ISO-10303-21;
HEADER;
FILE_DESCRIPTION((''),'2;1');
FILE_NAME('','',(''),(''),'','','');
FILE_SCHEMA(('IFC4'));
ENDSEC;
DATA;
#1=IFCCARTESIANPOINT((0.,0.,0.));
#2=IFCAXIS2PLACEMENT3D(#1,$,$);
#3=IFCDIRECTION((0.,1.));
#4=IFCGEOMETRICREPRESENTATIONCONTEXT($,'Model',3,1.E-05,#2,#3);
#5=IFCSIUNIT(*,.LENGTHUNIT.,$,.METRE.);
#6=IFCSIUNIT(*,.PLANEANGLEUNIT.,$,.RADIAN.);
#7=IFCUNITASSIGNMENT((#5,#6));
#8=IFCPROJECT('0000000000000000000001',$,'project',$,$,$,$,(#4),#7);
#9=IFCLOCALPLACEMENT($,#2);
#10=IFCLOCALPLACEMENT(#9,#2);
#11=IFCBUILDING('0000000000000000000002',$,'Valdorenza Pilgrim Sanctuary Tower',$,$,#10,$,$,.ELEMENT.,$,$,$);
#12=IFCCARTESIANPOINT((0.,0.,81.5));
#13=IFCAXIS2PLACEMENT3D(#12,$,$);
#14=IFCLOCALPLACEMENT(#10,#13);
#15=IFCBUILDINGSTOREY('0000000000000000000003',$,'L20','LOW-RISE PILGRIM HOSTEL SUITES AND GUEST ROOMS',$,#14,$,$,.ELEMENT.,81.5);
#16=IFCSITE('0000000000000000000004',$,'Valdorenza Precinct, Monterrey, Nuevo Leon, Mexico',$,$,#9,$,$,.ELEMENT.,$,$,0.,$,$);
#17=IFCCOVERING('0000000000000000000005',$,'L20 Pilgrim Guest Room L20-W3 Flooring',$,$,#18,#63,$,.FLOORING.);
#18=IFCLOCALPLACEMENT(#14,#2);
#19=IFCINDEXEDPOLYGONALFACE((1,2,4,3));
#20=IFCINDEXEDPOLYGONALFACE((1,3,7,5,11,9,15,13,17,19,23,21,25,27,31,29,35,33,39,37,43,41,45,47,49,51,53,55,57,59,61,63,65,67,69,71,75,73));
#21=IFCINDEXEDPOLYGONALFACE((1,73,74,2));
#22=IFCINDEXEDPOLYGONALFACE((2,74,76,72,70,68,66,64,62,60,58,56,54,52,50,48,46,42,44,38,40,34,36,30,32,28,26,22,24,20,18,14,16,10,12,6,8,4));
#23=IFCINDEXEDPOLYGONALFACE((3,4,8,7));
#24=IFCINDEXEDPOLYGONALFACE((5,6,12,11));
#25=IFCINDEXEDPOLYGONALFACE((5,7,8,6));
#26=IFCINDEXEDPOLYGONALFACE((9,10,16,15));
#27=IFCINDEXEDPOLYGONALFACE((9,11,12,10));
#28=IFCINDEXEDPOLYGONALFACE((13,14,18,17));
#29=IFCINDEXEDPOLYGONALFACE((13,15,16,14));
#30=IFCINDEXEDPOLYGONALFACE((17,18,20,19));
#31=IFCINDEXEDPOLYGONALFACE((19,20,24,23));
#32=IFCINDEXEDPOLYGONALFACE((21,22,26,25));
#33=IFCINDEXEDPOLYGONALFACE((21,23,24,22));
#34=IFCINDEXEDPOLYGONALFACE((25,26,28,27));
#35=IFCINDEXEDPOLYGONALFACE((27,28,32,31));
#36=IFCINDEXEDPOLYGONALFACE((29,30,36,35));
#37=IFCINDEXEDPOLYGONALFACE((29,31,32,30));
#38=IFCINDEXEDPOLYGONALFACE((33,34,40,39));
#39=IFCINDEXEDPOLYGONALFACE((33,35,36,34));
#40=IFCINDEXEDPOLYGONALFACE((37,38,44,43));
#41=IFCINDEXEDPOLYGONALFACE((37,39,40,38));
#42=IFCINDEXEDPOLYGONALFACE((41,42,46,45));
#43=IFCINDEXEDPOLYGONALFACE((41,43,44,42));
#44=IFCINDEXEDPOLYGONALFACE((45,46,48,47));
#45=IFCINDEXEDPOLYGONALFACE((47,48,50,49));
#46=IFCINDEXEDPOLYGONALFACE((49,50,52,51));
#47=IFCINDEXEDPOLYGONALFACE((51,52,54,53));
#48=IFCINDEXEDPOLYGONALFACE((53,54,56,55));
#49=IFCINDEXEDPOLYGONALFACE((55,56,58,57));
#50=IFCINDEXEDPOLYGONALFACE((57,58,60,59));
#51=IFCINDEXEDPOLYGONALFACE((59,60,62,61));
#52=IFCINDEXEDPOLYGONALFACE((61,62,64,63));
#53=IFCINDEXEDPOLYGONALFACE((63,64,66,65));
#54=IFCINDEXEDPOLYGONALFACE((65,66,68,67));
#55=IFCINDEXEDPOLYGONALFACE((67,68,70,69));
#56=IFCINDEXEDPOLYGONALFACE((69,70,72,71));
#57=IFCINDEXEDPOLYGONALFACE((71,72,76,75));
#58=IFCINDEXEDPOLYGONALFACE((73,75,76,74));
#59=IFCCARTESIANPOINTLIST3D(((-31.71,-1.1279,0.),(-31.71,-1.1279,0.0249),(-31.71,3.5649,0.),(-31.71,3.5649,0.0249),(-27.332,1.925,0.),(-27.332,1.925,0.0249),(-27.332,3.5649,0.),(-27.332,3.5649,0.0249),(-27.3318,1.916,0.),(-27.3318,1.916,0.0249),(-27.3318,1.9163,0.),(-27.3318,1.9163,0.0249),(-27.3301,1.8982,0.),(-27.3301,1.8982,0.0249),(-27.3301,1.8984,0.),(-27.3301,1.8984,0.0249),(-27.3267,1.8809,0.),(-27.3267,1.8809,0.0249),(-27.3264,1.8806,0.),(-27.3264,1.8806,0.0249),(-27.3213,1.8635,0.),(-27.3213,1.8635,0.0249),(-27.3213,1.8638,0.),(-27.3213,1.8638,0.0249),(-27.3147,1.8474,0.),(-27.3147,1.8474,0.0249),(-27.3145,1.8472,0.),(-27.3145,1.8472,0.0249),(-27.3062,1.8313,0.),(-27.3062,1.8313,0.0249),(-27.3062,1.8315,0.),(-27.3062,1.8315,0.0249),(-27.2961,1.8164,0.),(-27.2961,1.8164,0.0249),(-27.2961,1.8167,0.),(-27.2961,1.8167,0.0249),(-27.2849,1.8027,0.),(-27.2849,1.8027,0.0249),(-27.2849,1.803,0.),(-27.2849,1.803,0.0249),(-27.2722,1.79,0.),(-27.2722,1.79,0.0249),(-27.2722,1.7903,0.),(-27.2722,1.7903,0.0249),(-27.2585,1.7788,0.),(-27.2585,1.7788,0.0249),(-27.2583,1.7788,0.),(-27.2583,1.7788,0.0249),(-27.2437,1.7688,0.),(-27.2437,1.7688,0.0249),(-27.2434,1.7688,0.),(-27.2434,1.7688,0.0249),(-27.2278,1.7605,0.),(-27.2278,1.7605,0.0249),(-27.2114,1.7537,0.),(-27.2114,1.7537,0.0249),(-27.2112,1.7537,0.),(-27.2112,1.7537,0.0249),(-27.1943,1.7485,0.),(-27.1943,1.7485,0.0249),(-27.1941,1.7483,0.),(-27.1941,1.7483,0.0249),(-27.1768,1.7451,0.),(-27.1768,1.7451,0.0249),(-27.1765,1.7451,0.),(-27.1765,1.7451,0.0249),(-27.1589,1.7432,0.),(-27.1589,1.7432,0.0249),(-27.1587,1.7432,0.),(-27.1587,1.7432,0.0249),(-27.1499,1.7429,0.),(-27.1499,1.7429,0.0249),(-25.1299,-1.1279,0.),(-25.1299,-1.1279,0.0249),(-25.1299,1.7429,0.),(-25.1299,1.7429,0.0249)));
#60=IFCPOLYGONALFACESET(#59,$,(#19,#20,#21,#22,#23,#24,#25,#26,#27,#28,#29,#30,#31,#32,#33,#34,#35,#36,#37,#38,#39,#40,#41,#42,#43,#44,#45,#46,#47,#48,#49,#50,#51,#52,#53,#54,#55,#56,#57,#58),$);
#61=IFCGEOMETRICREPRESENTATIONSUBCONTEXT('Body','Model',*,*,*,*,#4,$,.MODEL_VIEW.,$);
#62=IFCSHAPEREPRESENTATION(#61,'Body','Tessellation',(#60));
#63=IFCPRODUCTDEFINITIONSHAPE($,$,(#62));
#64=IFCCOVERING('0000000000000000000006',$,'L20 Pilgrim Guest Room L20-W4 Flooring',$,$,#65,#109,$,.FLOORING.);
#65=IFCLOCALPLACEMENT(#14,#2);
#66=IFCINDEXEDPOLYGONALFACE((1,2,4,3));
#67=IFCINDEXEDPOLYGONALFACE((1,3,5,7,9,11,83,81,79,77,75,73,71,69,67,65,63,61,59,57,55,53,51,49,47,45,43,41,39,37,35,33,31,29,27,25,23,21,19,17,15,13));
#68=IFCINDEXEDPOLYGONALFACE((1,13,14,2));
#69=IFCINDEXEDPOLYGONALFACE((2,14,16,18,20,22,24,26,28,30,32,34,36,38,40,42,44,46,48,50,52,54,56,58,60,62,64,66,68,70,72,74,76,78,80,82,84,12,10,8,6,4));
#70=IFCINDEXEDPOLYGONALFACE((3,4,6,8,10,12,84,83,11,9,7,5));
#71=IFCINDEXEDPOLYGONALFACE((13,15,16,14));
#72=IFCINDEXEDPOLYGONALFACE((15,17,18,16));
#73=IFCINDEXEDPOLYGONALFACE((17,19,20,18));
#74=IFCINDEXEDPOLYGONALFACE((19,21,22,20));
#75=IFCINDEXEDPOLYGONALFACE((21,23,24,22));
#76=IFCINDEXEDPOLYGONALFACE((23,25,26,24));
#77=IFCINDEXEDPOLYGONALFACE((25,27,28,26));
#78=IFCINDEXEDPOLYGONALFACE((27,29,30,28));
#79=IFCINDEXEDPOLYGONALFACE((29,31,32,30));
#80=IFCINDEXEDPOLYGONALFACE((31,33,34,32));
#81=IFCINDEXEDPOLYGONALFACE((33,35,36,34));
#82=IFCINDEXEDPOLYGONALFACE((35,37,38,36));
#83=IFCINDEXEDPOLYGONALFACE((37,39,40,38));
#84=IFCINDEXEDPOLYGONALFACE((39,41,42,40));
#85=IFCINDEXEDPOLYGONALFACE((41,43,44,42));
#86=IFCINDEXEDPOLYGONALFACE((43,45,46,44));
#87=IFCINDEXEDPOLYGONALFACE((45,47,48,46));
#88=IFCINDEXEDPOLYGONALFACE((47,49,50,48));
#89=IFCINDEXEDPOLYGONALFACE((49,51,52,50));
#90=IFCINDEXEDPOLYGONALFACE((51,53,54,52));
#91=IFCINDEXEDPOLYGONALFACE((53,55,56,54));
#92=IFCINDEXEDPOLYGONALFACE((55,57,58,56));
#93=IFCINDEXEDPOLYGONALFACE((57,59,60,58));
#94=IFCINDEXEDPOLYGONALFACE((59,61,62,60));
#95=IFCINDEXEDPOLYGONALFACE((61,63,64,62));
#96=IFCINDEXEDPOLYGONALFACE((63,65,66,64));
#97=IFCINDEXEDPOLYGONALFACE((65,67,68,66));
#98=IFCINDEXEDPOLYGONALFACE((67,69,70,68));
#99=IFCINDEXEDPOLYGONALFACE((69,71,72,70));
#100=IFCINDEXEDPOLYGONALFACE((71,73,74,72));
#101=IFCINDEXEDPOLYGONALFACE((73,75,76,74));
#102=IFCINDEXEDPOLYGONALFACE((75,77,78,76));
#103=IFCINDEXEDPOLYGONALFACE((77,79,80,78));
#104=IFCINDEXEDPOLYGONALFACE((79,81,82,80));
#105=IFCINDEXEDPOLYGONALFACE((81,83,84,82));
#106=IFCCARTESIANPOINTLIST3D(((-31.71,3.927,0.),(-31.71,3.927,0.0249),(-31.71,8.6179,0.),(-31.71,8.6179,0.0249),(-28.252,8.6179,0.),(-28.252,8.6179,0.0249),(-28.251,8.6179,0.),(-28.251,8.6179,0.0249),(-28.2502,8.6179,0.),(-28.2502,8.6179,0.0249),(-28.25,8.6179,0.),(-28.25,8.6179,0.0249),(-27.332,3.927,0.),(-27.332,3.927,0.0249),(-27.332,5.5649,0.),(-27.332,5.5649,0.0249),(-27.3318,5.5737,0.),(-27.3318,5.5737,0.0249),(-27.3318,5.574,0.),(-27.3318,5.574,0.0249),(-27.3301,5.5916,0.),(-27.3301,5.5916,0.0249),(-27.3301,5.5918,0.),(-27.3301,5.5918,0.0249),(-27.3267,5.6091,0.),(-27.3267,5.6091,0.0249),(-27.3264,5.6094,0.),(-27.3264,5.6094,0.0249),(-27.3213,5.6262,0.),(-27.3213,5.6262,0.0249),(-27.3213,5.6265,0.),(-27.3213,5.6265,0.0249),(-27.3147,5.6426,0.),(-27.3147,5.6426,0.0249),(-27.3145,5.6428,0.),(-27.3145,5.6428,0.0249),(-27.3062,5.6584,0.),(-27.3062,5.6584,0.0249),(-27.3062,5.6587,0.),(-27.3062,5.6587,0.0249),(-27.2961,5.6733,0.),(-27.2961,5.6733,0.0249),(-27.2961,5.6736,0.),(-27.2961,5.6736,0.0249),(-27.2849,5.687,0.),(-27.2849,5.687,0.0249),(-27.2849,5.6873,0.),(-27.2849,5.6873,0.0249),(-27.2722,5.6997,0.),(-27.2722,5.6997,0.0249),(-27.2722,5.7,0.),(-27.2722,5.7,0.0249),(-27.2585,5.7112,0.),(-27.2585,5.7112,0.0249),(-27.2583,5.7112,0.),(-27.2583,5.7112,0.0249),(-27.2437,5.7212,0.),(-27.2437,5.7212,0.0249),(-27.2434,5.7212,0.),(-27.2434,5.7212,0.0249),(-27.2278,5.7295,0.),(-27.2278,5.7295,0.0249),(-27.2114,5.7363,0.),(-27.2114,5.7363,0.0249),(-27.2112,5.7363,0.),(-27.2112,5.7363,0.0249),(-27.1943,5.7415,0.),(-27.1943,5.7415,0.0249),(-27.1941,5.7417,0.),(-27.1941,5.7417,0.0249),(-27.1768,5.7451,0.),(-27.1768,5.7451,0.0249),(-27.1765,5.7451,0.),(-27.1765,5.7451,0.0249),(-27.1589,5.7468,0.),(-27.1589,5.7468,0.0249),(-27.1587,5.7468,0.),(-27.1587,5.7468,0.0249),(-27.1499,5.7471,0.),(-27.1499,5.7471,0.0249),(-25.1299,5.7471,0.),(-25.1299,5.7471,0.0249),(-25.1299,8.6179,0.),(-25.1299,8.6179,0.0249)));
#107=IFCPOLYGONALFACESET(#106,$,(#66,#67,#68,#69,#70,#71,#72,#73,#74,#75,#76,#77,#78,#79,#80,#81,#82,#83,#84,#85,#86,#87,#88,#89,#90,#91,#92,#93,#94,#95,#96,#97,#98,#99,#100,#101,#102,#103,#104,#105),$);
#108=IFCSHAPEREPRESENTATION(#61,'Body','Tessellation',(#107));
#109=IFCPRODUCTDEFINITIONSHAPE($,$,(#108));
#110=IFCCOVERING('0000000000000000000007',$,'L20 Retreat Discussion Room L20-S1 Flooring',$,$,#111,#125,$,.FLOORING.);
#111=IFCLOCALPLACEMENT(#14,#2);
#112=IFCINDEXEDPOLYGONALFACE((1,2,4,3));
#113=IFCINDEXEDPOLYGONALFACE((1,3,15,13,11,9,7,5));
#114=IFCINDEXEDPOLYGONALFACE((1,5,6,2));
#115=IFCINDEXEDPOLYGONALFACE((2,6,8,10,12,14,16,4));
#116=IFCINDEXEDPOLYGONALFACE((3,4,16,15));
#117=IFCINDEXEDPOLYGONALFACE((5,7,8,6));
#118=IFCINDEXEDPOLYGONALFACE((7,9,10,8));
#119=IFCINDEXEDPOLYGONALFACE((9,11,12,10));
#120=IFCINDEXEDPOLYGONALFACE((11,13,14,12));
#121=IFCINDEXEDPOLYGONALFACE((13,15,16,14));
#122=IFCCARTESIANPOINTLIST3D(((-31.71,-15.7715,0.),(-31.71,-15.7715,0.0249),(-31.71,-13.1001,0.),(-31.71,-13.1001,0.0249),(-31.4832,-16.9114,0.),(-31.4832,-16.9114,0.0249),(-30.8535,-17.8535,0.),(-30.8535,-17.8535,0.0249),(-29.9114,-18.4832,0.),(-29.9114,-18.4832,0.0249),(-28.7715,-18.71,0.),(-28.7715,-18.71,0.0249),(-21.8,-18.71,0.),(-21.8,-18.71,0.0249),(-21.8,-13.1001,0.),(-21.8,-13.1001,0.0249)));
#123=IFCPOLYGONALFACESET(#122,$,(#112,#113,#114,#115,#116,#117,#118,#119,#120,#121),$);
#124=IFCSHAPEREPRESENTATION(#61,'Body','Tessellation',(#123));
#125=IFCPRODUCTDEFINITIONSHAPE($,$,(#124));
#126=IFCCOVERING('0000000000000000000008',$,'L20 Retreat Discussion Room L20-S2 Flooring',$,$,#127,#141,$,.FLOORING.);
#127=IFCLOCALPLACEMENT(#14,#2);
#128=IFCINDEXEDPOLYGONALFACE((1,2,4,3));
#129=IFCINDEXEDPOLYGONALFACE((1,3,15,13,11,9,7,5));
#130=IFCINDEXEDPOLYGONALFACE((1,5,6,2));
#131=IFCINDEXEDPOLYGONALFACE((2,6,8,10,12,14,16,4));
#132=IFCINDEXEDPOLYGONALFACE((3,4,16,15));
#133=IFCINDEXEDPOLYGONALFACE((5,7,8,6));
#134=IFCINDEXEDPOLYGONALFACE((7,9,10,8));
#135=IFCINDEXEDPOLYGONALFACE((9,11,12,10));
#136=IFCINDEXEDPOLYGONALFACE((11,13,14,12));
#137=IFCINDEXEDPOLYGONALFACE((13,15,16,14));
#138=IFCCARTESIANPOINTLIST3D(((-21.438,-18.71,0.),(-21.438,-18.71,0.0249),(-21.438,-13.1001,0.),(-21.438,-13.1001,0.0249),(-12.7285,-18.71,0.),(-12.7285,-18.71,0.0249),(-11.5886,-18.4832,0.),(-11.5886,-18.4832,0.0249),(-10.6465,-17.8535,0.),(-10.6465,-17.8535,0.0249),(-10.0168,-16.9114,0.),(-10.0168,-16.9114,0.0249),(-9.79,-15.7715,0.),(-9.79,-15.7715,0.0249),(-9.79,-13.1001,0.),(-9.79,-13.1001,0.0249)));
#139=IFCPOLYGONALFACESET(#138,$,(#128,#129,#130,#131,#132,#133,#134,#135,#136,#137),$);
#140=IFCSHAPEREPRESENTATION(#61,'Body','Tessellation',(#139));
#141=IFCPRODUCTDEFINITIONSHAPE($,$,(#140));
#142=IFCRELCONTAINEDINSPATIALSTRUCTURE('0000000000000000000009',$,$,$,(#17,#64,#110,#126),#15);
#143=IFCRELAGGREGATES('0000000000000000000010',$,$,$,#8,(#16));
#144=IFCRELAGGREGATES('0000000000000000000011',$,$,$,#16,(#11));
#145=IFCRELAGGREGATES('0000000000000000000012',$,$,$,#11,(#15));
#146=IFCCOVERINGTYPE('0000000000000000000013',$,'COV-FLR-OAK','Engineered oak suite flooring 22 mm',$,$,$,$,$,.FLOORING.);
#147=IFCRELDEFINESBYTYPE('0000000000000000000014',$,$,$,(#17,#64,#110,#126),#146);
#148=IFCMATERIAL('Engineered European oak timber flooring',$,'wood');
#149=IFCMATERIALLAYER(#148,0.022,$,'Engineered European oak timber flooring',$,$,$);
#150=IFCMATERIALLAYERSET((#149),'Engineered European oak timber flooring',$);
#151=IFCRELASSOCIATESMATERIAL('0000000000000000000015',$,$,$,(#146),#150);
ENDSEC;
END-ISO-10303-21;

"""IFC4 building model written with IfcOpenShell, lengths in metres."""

from ifc_helpers import new_model, si_unit, direction, frame, origin, place, context, subcontext, project, spatial, polyline, outline, extrude, material, layer, layer_set, type_object, element, save


model = new_model("IFC4")

# Units and contexts
model_context = context("Model", 3, precision=1e-05, world=origin(), true_north=direction((0.0, 1.0)))
body_context = subcontext(model_context, "Body", "Model", "MODEL_VIEW")
ifc_project = project(units=[si_unit("LENGTHUNIT", "METRE"), si_unit("PLANEANGLEUNIT", "RADIAN")], contexts=[model_context])

# Site, building, storey
site_placement = place(None, origin())
site = spatial("IfcSite", under=ifc_project, at=site_placement, Name="Valdorenza Precinct, Monterrey, Nuevo Leon, Mexico", CompositionType="ELEMENT", RefElevation=0.0)
building_placement = place(site_placement, origin())
building = spatial("IfcBuilding", under=site, at=building_placement, Name="Valdorenza Pilgrim Sanctuary Tower", CompositionType="ELEMENT")
storey_placement = place(building_placement, frame((0.0, 0.0, 81.5)))
storey = spatial("IfcBuildingStorey", under=building, at=storey_placement, Name="L20", Description="LOW-RISE PILGRIM HOSTEL SUITES AND GUEST ROOMS", CompositionType="ELEMENT", Elevation=81.5)

# Coverings
ifc_material_1 = material(Name="Engineered European oak timber flooring", Category="wood")
ifc_layer_1 = layer(ifc_material_1, 0.022, Name="Engineered European oak timber flooring")
ifc_layer_set_1 = layer_set([ifc_layer_1], Name="Engineered European oak timber flooring")
covering_type_1 = type_object("IfcCoveringType", Name="COV-FLR-OAK", Description="Engineered oak suite flooring 22 mm", PredefinedType="FLOORING", material=ifc_layer_set_1)
covering_1_placement = place(storey_placement, origin())
element("IfcCovering", 1, at=covering_1_placement, inside=storey, type_object=covering_type_1, Name="L20 Pilgrim Guest Room L20-W3 Flooring", PredefinedType="FLOORING", context=body_context, shape_type="SweptSolid", body=[
    extrude(outline(polyline([(-31.71, 3.5649), (-27.332, 3.5649), (-27.332, 1.925), (-27.3318, 1.9163), (-27.3318, 1.916), (-27.3301, 1.8984), (-27.3301, 1.8982), (-27.3267, 1.8809), (-27.3264, 1.8806), (-27.3213, 1.8638), (-27.3213, 1.8635), (-27.3147, 1.8474), (-27.3145, 1.8472), (-27.3062, 1.8315), (-27.3062, 1.8313), (-27.2961, 1.8167), (-27.2961, 1.8164), (-27.2849, 1.803), (-27.2849, 1.8027), (-27.2722, 1.7903), (-27.2722, 1.79), (-27.2585, 1.7788), (-27.2583, 1.7788), (-27.2437, 1.7688), (-27.2434, 1.7688), (-27.2278, 1.7605), (-27.2278, 1.7605), (-27.2114, 1.7537), (-27.2112, 1.7537), (-27.1943, 1.7485), (-27.1941, 1.7483), (-27.1768, 1.7451), (-27.1765, 1.7451), (-27.1589, 1.7432), (-27.1587, 1.7432), (-27.1499, 1.7429), (-25.1299, 1.7429), (-25.1299, -1.1279), (-31.71, -1.1279), (-31.71, 3.5649)])), origin(), (0.0, 0.0, 1.0), 0.0249),
])
covering_2_placement = place(storey_placement, origin())
element("IfcCovering", 2, at=covering_2_placement, inside=storey, type_object=covering_type_1, Name="L20 Pilgrim Guest Room L20-W4 Flooring", PredefinedType="FLOORING", context=body_context, shape_type="SweptSolid", body=[
    extrude(outline(polyline([(-28.2502, 8.6179), (-28.25, 8.6179), (-25.1299, 8.6179), (-25.1299, 5.7471), (-27.1499, 5.7471), (-27.1587, 5.7468), (-27.1589, 5.7468), (-27.1765, 5.7451), (-27.1768, 5.7451), (-27.1941, 5.7417), (-27.1943, 5.7415), (-27.2112, 5.7363), (-27.2114, 5.7363), (-27.2278, 5.7295), (-27.2278, 5.7295), (-27.2434, 5.7212), (-27.2437, 5.7212), (-27.2583, 5.7112), (-27.2585, 5.7112), (-27.2722, 5.7), (-27.2722, 5.6997), (-27.2849, 5.6873), (-27.2849, 5.687), (-27.2961, 5.6736), (-27.2961, 5.6733), (-27.3062, 5.6587), (-27.3062, 5.6584), (-27.3145, 5.6428), (-27.3147, 5.6426), (-27.3213, 5.6265), (-27.3213, 5.6262), (-27.3264, 5.6094), (-27.3267, 5.6091), (-27.3301, 5.5918), (-27.3301, 5.5916), (-27.3318, 5.574), (-27.3318, 5.5737), (-27.332, 5.5649), (-27.332, 3.927), (-31.71, 3.927), (-31.71, 8.6179), (-28.252, 8.6179), (-28.251, 8.6179), (-28.2502, 8.6179)])), origin(), (0.0, 0.0, 1.0), 0.0249),
])
covering_3_placement = place(storey_placement, origin())
element("IfcCovering", 3, at=covering_3_placement, inside=storey, type_object=covering_type_1, Name="L20 Retreat Discussion Room L20-S1 Flooring", PredefinedType="FLOORING", context=body_context, shape_type="SweptSolid", body=[
    extrude(outline(polyline([(-21.8, -18.71), (-28.7715, -18.71), (-29.9114, -18.4832), (-30.8535, -17.8535), (-31.4832, -16.9114), (-31.71, -15.7715), (-31.71, -13.1001), (-21.8, -13.1001), (-21.8, -18.71)])), origin(), (0.0, 0.0, 1.0), 0.0249),
])
covering_4_placement = place(storey_placement, origin())
element("IfcCovering", 4, at=covering_4_placement, inside=storey, type_object=covering_type_1, Name="L20 Retreat Discussion Room L20-S2 Flooring", PredefinedType="FLOORING", context=body_context, shape_type="SweptSolid", body=[
    extrude(outline(polyline([(-9.79, -13.1001), (-9.79, -15.7715), (-10.0168, -16.9114), (-10.6465, -17.8535), (-11.5886, -18.4832), (-12.7285, -18.71), (-21.438, -18.71), (-21.438, -13.1001), (-9.79, -13.1001)])), origin(), (0.0, 0.0, 1.0), 0.0249),
])

save(model, "model.ifc")
